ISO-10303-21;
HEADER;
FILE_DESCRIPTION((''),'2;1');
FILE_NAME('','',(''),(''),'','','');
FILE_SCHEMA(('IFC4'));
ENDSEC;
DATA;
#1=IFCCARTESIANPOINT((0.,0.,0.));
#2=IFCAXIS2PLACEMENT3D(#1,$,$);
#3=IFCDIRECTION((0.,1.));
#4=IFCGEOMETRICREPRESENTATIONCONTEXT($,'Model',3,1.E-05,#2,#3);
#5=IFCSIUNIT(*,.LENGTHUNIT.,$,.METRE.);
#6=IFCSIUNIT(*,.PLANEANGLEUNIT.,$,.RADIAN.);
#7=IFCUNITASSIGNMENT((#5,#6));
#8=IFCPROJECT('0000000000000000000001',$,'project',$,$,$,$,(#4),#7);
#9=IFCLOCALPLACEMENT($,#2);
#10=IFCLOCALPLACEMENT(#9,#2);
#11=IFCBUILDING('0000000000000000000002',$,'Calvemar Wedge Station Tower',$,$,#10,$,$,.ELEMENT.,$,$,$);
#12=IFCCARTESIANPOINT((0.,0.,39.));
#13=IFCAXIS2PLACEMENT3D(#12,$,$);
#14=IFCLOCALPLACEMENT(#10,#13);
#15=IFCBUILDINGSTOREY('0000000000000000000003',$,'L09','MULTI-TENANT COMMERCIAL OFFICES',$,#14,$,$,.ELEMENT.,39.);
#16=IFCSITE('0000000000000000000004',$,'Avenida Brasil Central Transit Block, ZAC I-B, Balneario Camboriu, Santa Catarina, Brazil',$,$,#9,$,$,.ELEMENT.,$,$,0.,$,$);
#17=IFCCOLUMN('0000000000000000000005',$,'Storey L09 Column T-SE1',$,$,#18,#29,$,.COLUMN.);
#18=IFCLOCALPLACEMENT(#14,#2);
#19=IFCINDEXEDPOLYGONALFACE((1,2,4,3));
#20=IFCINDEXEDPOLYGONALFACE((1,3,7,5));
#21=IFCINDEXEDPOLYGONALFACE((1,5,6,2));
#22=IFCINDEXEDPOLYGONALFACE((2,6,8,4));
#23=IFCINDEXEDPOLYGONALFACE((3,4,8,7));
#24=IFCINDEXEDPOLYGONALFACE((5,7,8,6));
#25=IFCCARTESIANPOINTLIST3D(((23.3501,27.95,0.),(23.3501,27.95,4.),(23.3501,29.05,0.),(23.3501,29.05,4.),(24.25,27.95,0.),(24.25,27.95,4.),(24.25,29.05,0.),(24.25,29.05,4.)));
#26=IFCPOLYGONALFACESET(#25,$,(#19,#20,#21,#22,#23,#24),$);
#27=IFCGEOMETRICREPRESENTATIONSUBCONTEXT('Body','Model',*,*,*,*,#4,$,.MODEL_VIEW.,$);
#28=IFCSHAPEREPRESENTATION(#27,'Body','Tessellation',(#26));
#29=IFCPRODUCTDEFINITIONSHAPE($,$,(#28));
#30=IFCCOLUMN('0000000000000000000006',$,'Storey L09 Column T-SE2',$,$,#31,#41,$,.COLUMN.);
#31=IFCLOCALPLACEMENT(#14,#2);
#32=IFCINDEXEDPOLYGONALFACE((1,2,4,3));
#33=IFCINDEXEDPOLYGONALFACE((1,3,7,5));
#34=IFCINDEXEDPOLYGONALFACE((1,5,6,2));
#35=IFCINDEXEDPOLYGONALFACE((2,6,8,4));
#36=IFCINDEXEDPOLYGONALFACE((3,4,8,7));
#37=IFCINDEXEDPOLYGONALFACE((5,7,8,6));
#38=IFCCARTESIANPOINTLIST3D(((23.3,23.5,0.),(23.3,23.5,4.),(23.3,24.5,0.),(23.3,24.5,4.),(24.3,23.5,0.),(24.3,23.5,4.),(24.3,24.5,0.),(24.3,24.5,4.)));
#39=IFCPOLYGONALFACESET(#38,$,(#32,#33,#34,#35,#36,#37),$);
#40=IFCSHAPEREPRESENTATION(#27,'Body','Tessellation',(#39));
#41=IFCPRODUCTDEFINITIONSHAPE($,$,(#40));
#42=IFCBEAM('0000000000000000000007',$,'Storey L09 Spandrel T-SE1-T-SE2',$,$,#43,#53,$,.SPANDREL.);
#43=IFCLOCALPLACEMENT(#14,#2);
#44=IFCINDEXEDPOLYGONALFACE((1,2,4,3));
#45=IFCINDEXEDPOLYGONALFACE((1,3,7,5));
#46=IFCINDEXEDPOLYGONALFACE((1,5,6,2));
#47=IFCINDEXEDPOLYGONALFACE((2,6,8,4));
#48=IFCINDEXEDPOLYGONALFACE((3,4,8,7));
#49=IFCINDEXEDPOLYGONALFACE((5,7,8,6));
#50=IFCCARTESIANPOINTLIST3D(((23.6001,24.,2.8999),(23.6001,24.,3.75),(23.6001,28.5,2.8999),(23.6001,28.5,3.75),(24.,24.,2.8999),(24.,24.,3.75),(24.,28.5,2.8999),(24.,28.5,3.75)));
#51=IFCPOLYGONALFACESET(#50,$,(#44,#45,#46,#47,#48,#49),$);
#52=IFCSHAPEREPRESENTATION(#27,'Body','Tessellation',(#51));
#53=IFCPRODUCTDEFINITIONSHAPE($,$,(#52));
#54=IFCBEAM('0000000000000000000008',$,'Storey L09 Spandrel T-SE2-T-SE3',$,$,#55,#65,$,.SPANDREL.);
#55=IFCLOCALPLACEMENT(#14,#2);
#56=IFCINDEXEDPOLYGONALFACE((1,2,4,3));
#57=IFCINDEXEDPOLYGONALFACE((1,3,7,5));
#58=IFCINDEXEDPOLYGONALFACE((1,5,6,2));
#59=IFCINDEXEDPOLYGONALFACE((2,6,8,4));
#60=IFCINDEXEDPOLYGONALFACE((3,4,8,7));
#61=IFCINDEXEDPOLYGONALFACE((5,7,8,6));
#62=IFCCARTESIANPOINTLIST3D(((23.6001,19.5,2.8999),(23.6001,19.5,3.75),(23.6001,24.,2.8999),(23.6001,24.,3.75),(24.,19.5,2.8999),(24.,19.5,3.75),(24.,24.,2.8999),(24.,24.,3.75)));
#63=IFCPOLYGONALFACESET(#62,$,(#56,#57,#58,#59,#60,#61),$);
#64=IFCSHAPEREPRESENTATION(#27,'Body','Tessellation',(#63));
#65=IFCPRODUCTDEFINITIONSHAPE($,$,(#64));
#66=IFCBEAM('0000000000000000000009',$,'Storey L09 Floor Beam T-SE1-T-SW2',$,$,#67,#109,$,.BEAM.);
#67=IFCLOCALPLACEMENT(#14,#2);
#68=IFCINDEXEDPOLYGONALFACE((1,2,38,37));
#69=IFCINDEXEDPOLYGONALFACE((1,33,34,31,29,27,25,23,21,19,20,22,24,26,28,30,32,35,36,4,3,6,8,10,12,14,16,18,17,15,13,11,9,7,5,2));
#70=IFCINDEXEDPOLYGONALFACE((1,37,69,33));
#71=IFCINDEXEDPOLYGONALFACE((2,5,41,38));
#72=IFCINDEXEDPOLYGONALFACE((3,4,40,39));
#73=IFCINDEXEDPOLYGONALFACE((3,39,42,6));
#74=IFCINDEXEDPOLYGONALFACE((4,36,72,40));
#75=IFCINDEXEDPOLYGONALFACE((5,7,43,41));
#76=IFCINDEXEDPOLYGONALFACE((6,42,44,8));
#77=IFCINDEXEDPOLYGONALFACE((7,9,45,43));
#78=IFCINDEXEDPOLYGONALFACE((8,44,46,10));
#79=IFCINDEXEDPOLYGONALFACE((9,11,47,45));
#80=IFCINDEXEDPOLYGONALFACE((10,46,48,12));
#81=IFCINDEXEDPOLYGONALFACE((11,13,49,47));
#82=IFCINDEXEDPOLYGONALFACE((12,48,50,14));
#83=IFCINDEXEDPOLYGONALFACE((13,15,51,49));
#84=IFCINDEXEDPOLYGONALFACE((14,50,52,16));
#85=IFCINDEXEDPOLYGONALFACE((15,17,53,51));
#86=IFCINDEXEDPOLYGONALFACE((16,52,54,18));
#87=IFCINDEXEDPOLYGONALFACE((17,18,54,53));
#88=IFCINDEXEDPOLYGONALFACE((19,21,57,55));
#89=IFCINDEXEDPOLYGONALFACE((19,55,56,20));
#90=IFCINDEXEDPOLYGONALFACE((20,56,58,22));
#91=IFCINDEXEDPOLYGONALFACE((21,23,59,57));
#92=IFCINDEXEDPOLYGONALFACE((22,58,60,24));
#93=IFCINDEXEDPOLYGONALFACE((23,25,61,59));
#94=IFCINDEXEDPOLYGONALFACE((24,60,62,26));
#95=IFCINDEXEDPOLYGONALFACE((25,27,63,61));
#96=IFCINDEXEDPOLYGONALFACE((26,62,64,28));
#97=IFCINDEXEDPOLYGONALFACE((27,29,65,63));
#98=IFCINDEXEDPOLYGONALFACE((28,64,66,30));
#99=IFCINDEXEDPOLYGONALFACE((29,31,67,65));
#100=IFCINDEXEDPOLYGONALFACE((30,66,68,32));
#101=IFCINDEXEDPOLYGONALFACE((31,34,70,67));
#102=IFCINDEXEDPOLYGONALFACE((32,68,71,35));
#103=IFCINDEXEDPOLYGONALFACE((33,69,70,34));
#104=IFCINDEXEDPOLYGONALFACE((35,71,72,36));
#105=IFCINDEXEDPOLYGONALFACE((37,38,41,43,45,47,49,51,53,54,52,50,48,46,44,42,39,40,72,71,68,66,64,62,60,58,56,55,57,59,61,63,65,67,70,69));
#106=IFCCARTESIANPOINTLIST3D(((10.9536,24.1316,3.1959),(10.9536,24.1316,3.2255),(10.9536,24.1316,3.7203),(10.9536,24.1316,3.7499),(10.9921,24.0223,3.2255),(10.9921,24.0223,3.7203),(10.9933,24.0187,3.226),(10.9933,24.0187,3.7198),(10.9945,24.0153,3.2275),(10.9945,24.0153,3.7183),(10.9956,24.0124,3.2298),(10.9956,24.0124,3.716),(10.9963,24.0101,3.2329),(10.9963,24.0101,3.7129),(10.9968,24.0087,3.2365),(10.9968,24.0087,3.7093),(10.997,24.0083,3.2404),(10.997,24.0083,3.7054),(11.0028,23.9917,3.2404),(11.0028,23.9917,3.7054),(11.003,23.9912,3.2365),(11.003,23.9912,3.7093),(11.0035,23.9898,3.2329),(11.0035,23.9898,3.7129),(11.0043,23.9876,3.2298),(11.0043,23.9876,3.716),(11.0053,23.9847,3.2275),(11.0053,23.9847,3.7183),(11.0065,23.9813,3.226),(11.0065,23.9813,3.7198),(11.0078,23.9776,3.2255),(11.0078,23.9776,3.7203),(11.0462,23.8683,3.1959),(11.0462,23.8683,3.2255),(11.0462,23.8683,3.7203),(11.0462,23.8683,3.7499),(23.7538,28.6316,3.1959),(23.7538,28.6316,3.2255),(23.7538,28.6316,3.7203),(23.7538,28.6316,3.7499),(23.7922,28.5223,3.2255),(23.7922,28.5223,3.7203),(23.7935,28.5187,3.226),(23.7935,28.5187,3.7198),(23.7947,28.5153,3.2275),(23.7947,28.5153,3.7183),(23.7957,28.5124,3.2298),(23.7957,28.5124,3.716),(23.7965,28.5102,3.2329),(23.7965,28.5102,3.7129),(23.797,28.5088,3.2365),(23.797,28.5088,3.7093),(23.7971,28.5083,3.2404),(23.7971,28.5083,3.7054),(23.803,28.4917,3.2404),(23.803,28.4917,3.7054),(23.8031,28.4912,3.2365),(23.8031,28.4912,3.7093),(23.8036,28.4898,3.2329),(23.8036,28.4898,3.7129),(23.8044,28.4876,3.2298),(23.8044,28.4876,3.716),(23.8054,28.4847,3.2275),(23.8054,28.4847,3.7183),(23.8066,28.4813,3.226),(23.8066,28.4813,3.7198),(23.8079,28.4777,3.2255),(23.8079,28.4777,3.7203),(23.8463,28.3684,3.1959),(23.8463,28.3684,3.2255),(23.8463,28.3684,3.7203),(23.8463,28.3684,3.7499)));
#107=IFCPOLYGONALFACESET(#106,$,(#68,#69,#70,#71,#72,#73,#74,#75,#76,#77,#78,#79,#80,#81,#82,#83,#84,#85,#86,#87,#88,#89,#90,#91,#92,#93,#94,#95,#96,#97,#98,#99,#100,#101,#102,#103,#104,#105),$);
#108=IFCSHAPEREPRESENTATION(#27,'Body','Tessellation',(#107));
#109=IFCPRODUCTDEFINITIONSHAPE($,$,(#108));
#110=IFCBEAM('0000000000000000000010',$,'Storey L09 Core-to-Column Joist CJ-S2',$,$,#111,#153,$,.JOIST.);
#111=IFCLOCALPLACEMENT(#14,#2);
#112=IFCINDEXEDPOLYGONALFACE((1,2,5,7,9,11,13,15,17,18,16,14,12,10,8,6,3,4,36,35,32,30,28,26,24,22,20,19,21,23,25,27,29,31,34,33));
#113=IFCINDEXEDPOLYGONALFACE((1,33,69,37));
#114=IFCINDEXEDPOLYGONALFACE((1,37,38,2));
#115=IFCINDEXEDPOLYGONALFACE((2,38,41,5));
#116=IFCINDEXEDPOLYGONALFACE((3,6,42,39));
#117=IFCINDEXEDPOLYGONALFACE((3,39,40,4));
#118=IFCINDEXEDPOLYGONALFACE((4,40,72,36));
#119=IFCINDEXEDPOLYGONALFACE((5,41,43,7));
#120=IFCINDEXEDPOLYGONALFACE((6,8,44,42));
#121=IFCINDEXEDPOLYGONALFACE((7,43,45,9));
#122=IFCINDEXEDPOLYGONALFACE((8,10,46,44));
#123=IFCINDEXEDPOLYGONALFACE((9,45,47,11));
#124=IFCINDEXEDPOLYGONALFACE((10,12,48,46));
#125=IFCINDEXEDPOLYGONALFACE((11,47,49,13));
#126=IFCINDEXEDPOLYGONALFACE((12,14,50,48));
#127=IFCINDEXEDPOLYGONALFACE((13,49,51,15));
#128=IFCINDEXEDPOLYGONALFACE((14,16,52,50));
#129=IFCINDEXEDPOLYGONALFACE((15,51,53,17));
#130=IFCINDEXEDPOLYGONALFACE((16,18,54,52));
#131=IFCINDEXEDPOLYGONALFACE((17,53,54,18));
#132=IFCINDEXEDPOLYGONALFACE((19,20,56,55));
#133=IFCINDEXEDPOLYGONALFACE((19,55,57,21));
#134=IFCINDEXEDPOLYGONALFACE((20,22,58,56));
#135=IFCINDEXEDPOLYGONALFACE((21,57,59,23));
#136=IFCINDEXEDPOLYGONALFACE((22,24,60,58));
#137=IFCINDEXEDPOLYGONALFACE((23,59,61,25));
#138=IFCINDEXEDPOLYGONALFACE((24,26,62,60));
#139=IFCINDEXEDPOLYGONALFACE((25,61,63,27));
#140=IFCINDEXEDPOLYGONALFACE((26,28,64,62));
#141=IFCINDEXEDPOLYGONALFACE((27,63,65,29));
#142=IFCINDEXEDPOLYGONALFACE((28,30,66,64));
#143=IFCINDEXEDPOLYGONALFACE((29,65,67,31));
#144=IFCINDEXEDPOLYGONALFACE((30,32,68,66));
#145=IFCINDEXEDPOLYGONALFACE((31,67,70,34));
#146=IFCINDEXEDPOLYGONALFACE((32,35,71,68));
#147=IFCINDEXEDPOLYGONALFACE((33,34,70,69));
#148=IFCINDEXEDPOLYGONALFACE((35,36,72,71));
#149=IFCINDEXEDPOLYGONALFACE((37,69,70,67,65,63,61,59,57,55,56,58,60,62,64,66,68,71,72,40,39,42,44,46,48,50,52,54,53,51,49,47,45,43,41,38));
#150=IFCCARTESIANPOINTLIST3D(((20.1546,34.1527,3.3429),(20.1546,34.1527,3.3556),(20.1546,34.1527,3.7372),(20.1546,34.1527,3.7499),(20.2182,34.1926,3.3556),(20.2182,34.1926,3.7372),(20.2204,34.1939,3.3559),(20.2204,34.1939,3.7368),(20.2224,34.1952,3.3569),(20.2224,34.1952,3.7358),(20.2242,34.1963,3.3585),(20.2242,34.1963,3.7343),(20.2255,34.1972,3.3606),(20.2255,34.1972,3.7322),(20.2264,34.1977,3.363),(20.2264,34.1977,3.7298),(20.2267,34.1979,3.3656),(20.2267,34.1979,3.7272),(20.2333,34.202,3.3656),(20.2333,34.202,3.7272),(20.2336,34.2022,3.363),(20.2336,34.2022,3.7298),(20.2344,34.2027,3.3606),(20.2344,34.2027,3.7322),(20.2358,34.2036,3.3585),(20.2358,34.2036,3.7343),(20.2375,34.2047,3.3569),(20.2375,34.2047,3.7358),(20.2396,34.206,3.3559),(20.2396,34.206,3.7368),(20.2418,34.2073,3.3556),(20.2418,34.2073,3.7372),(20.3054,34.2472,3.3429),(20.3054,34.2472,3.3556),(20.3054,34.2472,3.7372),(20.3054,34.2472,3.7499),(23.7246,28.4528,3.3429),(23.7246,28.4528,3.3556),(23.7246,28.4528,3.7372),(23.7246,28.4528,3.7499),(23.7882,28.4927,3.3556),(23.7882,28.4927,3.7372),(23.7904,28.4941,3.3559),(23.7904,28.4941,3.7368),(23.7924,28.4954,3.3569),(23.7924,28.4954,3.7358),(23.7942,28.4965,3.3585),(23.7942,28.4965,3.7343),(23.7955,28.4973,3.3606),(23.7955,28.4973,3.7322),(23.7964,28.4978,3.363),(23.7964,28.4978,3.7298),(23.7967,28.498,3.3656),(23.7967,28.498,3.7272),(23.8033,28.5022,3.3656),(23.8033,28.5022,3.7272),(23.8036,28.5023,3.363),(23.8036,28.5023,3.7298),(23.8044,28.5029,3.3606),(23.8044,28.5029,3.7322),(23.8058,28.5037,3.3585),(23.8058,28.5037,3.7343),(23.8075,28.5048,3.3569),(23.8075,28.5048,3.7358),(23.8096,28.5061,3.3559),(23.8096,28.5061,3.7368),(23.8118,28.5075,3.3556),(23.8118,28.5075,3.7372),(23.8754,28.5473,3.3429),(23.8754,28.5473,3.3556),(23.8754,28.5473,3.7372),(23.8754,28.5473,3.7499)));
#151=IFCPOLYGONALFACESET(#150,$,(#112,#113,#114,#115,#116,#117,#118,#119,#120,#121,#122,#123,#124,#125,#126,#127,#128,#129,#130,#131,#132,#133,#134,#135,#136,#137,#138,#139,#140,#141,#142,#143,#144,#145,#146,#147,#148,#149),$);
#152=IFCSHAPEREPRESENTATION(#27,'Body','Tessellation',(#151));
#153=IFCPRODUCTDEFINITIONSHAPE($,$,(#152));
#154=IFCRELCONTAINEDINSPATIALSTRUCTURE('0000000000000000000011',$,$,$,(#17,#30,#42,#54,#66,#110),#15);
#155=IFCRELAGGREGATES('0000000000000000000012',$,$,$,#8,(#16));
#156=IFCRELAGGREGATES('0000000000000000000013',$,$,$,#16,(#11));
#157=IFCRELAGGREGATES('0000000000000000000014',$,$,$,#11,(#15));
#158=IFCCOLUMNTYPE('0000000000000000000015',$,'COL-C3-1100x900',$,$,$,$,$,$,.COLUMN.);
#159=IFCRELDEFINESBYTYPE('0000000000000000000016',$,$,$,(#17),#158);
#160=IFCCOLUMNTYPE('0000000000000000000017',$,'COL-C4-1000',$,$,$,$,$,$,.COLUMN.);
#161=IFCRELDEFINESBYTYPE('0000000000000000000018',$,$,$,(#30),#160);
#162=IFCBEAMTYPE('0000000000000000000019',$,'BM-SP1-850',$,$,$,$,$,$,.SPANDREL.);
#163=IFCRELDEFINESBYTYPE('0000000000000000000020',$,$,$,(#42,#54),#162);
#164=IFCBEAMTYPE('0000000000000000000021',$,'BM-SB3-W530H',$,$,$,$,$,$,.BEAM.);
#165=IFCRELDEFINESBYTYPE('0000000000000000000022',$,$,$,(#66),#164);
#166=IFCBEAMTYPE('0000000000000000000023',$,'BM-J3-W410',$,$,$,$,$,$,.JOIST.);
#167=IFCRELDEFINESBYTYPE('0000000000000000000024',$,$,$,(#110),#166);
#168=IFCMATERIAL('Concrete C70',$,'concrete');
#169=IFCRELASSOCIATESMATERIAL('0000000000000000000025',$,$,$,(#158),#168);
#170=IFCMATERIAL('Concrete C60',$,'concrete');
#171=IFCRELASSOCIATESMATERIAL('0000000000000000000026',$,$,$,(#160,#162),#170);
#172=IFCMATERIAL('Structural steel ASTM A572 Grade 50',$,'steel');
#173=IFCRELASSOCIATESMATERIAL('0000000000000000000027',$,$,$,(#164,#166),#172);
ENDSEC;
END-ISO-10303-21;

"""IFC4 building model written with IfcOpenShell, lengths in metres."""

from ifc_helpers import new_model, si_unit, direction, frame, origin, origin_2d, place, context, subcontext, project, spatial, rectangle, i_section, extrude, source, transform, mapped, material, material_profile, profile_set, type_object, element, save


model = new_model("IFC4")

# Units and contexts
model_context = context("Model", 3, precision=1e-05, world=origin(), true_north=direction((0.0, 1.0)))
body_context = subcontext(model_context, "Body", "Model", "MODEL_VIEW")
ifc_project = project(units=[si_unit("LENGTHUNIT", "METRE"), si_unit("PLANEANGLEUNIT", "RADIAN")], contexts=[model_context])

# Site, building, storey
site_placement = place(None, origin())
site = spatial("IfcSite", under=ifc_project, at=site_placement, Name="Avenida Brasil Central Transit Block, ZAC I-B, Balneario Camboriu, Santa Catarina, Brazil", CompositionType="ELEMENT", RefElevation=0.0)
building_placement = place(site_placement, origin())
building = spatial("IfcBuilding", under=site, at=building_placement, Name="Calvemar Wedge Station Tower", CompositionType="ELEMENT")
storey_placement = place(building_placement, frame((0.0, 0.0, 39.0)))
storey = spatial("IfcBuildingStorey", under=building, at=storey_placement, Name="L09", Description="MULTI-TENANT COMMERCIAL OFFICES", CompositionType="ELEMENT", Elevation=39.0)

# Columns
ifc_material_1 = material(Name="Concrete C70", Category="concrete")
ifc_material_profile_1 = material_profile(ifc_material_1, rectangle(XDim=0.8999, YDim=1.1001, at=origin_2d()), Name="RC1100x900")
ifc_profile_set_1 = profile_set([ifc_material_profile_1], Name="Concrete C70")
column_type_1 = type_object("IfcColumnType", Name="COL-C3-1100x900", PredefinedType="COLUMN", material=ifc_profile_set_1)
shared_shape_1 = source(origin(), body_context, "Body", "SweptSolid", [
    extrude(rectangle(XDim=0.8999, YDim=1.1001, at=origin_2d()), origin(), (0.0, 0.0, 1.0), 4.0),
])
column_1_placement = place(storey_placement, frame((23.8, 28.5, 0.0), z_axis=(0.0, 0.0, 1.0), x_axis=(1.0, 0.0, 0.0)))
element("IfcColumn", 1, at=column_1_placement, inside=storey, type_object=column_type_1, Name="Storey L09 Column T-SE1", PredefinedType="COLUMN", context=body_context, shape_type="MappedRepresentation", body=[
    mapped(shared_shape_1, transform((0.0, 0.0, 0.0), scale=1.0)),
])
ifc_material_2 = material(Name="Concrete C60", Category="concrete")
ifc_material_profile_2 = material_profile(ifc_material_2, rectangle(XDim=1.0, YDim=1.0, at=origin_2d()), Name="RC1000x1000")
ifc_profile_set_2 = profile_set([ifc_material_profile_2], Name="Concrete C60")
column_type_2 = type_object("IfcColumnType", Name="COL-C4-1000", PredefinedType="COLUMN", material=ifc_profile_set_2)
shared_shape_2 = source(origin(), body_context, "Body", "SweptSolid", [
    extrude(rectangle(XDim=1.0, YDim=1.0, at=origin_2d()), origin(), (0.0, 0.0, 1.0), 4.0),
])
column_2_placement = place(storey_placement, frame((23.8, 24.0, 0.0), z_axis=(0.0, 0.0, 1.0), x_axis=(1.0, 0.0, 0.0)))
element("IfcColumn", 2, at=column_2_placement, inside=storey, type_object=column_type_2, Name="Storey L09 Column T-SE2", PredefinedType="COLUMN", context=body_context, shape_type="MappedRepresentation", body=[
    mapped(shared_shape_2, transform((0.0, 0.0, 0.0), scale=1.0)),
])

# Beams
ifc_material_profile_3 = material_profile(ifc_material_2, rectangle(XDim=0.3999, YDim=0.8501, at=origin_2d()), Name="RC400x850")
ifc_profile_set_3 = profile_set([ifc_material_profile_3], Name="Concrete C60")
beam_type_1 = type_object("IfcBeamType", Name="BM-SP1-850", PredefinedType="SPANDREL", material=ifc_profile_set_3)
shared_shape_3 = source(origin(), body_context, "Body", "SweptSolid", [
    extrude(rectangle(XDim=0.3999, YDim=0.8501, at=origin_2d()), origin(), (0.0, 0.0, 1.0), 4.5),
])
for number, where, z_axis, x_axis, name in (
    (3, (23.8, 28.5, 3.325), (0.0, -1.0, 0.0), (1.0, 0.0, 0.0), "Storey L09 Spandrel T-SE1-T-SE2"),
    (4, (23.8, 24.0, 3.325), (0.0, -1.0, 0.0), (1.0, 0.0, 0.0), "Storey L09 Spandrel T-SE2-T-SE3"),
):
    element("IfcBeam", number, at=place(storey_placement, frame(where, z_axis=z_axis, x_axis=x_axis)), inside=storey, type_object=beam_type_1, Name=name, PredefinedType="SPANDREL", context=body_context, shape_type="MappedRepresentation", body=[
        mapped(shared_shape_3, transform((0.0, 0.0, 0.0), scale=1.0)),
    ])
ifc_material_3 = material(Name="Structural steel ASTM A572 Grade 50", Category="steel")
ifc_material_profile_4 = material_profile(ifc_material_3, i_section(OverallWidth=0.2791, OverallDepth=0.554, WebThickness=0.0176, FlangeThickness=0.0295, FilletRadius=0.0149, at=origin_2d()), Name="W530x196")
ifc_profile_set_4 = profile_set([ifc_material_profile_4], Name="Structural steel ASTM A572 Grade 50")
beam_type_2 = type_object("IfcBeamType", Name="BM-SB3-W530H", PredefinedType="BEAM", material=ifc_profile_set_4)
shared_shape_4 = source(origin(), body_context, "Body", "SweptSolid", [
    extrude(i_section(OverallWidth=0.2791, OverallDepth=0.554, WebThickness=0.0176, FlangeThickness=0.0295, FilletRadius=0.0149, at=origin_2d()), origin(), (0.0, 0.0, 1.0), 13.5681),
])
beam_1_placement = place(storey_placement, frame((23.8, 28.5, 3.4729), z_axis=(-0.943398, -0.331662, 0.0), x_axis=(0.331662, -0.943398, 0.0)))
element("IfcBeam", 5, at=beam_1_placement, inside=storey, type_object=beam_type_2, Name="Storey L09 Floor Beam T-SE1-T-SW2", PredefinedType="BEAM", context=body_context, shape_type="MappedRepresentation", body=[
    mapped(shared_shape_4, transform((0.0, 0.0, 0.0), scale=1.0)),
])
ifc_material_profile_5 = material_profile(ifc_material_3, i_section(OverallWidth=0.178, OverallDepth=0.407, WebThickness=0.0078, FlangeThickness=0.0127, FilletRadius=0.01, at=origin_2d()), Name="W410x60")
ifc_profile_set_5 = profile_set([ifc_material_profile_5], Name="Structural steel ASTM A572 Grade 50")
beam_type_3 = type_object("IfcBeamType", Name="BM-J3-W410", PredefinedType="JOIST", material=ifc_profile_set_5)
shared_shape_5 = source(origin(), body_context, "Body", "SweptSolid", [
    extrude(i_section(OverallWidth=0.178, OverallDepth=0.407, WebThickness=0.0078, FlangeThickness=0.0127, FilletRadius=0.01, at=origin_2d()), origin(), (0.0, 0.0, 1.0), 6.7256),
])
beam_2_placement = place(storey_placement, frame((20.23, 34.2, 3.5464), z_axis=(0.530811, -0.84749, 0.0), x_axis=(0.84749, 0.530811, 0.0)))
element("IfcBeam", 6, at=beam_2_placement, inside=storey, type_object=beam_type_3, Name="Storey L09 Core-to-Column Joist CJ-S2", PredefinedType="JOIST", context=body_context, shape_type="MappedRepresentation", body=[
    mapped(shared_shape_5, transform((0.0, 0.0, 0.0), scale=1.0)),
])

save(model, "model.ifc")
